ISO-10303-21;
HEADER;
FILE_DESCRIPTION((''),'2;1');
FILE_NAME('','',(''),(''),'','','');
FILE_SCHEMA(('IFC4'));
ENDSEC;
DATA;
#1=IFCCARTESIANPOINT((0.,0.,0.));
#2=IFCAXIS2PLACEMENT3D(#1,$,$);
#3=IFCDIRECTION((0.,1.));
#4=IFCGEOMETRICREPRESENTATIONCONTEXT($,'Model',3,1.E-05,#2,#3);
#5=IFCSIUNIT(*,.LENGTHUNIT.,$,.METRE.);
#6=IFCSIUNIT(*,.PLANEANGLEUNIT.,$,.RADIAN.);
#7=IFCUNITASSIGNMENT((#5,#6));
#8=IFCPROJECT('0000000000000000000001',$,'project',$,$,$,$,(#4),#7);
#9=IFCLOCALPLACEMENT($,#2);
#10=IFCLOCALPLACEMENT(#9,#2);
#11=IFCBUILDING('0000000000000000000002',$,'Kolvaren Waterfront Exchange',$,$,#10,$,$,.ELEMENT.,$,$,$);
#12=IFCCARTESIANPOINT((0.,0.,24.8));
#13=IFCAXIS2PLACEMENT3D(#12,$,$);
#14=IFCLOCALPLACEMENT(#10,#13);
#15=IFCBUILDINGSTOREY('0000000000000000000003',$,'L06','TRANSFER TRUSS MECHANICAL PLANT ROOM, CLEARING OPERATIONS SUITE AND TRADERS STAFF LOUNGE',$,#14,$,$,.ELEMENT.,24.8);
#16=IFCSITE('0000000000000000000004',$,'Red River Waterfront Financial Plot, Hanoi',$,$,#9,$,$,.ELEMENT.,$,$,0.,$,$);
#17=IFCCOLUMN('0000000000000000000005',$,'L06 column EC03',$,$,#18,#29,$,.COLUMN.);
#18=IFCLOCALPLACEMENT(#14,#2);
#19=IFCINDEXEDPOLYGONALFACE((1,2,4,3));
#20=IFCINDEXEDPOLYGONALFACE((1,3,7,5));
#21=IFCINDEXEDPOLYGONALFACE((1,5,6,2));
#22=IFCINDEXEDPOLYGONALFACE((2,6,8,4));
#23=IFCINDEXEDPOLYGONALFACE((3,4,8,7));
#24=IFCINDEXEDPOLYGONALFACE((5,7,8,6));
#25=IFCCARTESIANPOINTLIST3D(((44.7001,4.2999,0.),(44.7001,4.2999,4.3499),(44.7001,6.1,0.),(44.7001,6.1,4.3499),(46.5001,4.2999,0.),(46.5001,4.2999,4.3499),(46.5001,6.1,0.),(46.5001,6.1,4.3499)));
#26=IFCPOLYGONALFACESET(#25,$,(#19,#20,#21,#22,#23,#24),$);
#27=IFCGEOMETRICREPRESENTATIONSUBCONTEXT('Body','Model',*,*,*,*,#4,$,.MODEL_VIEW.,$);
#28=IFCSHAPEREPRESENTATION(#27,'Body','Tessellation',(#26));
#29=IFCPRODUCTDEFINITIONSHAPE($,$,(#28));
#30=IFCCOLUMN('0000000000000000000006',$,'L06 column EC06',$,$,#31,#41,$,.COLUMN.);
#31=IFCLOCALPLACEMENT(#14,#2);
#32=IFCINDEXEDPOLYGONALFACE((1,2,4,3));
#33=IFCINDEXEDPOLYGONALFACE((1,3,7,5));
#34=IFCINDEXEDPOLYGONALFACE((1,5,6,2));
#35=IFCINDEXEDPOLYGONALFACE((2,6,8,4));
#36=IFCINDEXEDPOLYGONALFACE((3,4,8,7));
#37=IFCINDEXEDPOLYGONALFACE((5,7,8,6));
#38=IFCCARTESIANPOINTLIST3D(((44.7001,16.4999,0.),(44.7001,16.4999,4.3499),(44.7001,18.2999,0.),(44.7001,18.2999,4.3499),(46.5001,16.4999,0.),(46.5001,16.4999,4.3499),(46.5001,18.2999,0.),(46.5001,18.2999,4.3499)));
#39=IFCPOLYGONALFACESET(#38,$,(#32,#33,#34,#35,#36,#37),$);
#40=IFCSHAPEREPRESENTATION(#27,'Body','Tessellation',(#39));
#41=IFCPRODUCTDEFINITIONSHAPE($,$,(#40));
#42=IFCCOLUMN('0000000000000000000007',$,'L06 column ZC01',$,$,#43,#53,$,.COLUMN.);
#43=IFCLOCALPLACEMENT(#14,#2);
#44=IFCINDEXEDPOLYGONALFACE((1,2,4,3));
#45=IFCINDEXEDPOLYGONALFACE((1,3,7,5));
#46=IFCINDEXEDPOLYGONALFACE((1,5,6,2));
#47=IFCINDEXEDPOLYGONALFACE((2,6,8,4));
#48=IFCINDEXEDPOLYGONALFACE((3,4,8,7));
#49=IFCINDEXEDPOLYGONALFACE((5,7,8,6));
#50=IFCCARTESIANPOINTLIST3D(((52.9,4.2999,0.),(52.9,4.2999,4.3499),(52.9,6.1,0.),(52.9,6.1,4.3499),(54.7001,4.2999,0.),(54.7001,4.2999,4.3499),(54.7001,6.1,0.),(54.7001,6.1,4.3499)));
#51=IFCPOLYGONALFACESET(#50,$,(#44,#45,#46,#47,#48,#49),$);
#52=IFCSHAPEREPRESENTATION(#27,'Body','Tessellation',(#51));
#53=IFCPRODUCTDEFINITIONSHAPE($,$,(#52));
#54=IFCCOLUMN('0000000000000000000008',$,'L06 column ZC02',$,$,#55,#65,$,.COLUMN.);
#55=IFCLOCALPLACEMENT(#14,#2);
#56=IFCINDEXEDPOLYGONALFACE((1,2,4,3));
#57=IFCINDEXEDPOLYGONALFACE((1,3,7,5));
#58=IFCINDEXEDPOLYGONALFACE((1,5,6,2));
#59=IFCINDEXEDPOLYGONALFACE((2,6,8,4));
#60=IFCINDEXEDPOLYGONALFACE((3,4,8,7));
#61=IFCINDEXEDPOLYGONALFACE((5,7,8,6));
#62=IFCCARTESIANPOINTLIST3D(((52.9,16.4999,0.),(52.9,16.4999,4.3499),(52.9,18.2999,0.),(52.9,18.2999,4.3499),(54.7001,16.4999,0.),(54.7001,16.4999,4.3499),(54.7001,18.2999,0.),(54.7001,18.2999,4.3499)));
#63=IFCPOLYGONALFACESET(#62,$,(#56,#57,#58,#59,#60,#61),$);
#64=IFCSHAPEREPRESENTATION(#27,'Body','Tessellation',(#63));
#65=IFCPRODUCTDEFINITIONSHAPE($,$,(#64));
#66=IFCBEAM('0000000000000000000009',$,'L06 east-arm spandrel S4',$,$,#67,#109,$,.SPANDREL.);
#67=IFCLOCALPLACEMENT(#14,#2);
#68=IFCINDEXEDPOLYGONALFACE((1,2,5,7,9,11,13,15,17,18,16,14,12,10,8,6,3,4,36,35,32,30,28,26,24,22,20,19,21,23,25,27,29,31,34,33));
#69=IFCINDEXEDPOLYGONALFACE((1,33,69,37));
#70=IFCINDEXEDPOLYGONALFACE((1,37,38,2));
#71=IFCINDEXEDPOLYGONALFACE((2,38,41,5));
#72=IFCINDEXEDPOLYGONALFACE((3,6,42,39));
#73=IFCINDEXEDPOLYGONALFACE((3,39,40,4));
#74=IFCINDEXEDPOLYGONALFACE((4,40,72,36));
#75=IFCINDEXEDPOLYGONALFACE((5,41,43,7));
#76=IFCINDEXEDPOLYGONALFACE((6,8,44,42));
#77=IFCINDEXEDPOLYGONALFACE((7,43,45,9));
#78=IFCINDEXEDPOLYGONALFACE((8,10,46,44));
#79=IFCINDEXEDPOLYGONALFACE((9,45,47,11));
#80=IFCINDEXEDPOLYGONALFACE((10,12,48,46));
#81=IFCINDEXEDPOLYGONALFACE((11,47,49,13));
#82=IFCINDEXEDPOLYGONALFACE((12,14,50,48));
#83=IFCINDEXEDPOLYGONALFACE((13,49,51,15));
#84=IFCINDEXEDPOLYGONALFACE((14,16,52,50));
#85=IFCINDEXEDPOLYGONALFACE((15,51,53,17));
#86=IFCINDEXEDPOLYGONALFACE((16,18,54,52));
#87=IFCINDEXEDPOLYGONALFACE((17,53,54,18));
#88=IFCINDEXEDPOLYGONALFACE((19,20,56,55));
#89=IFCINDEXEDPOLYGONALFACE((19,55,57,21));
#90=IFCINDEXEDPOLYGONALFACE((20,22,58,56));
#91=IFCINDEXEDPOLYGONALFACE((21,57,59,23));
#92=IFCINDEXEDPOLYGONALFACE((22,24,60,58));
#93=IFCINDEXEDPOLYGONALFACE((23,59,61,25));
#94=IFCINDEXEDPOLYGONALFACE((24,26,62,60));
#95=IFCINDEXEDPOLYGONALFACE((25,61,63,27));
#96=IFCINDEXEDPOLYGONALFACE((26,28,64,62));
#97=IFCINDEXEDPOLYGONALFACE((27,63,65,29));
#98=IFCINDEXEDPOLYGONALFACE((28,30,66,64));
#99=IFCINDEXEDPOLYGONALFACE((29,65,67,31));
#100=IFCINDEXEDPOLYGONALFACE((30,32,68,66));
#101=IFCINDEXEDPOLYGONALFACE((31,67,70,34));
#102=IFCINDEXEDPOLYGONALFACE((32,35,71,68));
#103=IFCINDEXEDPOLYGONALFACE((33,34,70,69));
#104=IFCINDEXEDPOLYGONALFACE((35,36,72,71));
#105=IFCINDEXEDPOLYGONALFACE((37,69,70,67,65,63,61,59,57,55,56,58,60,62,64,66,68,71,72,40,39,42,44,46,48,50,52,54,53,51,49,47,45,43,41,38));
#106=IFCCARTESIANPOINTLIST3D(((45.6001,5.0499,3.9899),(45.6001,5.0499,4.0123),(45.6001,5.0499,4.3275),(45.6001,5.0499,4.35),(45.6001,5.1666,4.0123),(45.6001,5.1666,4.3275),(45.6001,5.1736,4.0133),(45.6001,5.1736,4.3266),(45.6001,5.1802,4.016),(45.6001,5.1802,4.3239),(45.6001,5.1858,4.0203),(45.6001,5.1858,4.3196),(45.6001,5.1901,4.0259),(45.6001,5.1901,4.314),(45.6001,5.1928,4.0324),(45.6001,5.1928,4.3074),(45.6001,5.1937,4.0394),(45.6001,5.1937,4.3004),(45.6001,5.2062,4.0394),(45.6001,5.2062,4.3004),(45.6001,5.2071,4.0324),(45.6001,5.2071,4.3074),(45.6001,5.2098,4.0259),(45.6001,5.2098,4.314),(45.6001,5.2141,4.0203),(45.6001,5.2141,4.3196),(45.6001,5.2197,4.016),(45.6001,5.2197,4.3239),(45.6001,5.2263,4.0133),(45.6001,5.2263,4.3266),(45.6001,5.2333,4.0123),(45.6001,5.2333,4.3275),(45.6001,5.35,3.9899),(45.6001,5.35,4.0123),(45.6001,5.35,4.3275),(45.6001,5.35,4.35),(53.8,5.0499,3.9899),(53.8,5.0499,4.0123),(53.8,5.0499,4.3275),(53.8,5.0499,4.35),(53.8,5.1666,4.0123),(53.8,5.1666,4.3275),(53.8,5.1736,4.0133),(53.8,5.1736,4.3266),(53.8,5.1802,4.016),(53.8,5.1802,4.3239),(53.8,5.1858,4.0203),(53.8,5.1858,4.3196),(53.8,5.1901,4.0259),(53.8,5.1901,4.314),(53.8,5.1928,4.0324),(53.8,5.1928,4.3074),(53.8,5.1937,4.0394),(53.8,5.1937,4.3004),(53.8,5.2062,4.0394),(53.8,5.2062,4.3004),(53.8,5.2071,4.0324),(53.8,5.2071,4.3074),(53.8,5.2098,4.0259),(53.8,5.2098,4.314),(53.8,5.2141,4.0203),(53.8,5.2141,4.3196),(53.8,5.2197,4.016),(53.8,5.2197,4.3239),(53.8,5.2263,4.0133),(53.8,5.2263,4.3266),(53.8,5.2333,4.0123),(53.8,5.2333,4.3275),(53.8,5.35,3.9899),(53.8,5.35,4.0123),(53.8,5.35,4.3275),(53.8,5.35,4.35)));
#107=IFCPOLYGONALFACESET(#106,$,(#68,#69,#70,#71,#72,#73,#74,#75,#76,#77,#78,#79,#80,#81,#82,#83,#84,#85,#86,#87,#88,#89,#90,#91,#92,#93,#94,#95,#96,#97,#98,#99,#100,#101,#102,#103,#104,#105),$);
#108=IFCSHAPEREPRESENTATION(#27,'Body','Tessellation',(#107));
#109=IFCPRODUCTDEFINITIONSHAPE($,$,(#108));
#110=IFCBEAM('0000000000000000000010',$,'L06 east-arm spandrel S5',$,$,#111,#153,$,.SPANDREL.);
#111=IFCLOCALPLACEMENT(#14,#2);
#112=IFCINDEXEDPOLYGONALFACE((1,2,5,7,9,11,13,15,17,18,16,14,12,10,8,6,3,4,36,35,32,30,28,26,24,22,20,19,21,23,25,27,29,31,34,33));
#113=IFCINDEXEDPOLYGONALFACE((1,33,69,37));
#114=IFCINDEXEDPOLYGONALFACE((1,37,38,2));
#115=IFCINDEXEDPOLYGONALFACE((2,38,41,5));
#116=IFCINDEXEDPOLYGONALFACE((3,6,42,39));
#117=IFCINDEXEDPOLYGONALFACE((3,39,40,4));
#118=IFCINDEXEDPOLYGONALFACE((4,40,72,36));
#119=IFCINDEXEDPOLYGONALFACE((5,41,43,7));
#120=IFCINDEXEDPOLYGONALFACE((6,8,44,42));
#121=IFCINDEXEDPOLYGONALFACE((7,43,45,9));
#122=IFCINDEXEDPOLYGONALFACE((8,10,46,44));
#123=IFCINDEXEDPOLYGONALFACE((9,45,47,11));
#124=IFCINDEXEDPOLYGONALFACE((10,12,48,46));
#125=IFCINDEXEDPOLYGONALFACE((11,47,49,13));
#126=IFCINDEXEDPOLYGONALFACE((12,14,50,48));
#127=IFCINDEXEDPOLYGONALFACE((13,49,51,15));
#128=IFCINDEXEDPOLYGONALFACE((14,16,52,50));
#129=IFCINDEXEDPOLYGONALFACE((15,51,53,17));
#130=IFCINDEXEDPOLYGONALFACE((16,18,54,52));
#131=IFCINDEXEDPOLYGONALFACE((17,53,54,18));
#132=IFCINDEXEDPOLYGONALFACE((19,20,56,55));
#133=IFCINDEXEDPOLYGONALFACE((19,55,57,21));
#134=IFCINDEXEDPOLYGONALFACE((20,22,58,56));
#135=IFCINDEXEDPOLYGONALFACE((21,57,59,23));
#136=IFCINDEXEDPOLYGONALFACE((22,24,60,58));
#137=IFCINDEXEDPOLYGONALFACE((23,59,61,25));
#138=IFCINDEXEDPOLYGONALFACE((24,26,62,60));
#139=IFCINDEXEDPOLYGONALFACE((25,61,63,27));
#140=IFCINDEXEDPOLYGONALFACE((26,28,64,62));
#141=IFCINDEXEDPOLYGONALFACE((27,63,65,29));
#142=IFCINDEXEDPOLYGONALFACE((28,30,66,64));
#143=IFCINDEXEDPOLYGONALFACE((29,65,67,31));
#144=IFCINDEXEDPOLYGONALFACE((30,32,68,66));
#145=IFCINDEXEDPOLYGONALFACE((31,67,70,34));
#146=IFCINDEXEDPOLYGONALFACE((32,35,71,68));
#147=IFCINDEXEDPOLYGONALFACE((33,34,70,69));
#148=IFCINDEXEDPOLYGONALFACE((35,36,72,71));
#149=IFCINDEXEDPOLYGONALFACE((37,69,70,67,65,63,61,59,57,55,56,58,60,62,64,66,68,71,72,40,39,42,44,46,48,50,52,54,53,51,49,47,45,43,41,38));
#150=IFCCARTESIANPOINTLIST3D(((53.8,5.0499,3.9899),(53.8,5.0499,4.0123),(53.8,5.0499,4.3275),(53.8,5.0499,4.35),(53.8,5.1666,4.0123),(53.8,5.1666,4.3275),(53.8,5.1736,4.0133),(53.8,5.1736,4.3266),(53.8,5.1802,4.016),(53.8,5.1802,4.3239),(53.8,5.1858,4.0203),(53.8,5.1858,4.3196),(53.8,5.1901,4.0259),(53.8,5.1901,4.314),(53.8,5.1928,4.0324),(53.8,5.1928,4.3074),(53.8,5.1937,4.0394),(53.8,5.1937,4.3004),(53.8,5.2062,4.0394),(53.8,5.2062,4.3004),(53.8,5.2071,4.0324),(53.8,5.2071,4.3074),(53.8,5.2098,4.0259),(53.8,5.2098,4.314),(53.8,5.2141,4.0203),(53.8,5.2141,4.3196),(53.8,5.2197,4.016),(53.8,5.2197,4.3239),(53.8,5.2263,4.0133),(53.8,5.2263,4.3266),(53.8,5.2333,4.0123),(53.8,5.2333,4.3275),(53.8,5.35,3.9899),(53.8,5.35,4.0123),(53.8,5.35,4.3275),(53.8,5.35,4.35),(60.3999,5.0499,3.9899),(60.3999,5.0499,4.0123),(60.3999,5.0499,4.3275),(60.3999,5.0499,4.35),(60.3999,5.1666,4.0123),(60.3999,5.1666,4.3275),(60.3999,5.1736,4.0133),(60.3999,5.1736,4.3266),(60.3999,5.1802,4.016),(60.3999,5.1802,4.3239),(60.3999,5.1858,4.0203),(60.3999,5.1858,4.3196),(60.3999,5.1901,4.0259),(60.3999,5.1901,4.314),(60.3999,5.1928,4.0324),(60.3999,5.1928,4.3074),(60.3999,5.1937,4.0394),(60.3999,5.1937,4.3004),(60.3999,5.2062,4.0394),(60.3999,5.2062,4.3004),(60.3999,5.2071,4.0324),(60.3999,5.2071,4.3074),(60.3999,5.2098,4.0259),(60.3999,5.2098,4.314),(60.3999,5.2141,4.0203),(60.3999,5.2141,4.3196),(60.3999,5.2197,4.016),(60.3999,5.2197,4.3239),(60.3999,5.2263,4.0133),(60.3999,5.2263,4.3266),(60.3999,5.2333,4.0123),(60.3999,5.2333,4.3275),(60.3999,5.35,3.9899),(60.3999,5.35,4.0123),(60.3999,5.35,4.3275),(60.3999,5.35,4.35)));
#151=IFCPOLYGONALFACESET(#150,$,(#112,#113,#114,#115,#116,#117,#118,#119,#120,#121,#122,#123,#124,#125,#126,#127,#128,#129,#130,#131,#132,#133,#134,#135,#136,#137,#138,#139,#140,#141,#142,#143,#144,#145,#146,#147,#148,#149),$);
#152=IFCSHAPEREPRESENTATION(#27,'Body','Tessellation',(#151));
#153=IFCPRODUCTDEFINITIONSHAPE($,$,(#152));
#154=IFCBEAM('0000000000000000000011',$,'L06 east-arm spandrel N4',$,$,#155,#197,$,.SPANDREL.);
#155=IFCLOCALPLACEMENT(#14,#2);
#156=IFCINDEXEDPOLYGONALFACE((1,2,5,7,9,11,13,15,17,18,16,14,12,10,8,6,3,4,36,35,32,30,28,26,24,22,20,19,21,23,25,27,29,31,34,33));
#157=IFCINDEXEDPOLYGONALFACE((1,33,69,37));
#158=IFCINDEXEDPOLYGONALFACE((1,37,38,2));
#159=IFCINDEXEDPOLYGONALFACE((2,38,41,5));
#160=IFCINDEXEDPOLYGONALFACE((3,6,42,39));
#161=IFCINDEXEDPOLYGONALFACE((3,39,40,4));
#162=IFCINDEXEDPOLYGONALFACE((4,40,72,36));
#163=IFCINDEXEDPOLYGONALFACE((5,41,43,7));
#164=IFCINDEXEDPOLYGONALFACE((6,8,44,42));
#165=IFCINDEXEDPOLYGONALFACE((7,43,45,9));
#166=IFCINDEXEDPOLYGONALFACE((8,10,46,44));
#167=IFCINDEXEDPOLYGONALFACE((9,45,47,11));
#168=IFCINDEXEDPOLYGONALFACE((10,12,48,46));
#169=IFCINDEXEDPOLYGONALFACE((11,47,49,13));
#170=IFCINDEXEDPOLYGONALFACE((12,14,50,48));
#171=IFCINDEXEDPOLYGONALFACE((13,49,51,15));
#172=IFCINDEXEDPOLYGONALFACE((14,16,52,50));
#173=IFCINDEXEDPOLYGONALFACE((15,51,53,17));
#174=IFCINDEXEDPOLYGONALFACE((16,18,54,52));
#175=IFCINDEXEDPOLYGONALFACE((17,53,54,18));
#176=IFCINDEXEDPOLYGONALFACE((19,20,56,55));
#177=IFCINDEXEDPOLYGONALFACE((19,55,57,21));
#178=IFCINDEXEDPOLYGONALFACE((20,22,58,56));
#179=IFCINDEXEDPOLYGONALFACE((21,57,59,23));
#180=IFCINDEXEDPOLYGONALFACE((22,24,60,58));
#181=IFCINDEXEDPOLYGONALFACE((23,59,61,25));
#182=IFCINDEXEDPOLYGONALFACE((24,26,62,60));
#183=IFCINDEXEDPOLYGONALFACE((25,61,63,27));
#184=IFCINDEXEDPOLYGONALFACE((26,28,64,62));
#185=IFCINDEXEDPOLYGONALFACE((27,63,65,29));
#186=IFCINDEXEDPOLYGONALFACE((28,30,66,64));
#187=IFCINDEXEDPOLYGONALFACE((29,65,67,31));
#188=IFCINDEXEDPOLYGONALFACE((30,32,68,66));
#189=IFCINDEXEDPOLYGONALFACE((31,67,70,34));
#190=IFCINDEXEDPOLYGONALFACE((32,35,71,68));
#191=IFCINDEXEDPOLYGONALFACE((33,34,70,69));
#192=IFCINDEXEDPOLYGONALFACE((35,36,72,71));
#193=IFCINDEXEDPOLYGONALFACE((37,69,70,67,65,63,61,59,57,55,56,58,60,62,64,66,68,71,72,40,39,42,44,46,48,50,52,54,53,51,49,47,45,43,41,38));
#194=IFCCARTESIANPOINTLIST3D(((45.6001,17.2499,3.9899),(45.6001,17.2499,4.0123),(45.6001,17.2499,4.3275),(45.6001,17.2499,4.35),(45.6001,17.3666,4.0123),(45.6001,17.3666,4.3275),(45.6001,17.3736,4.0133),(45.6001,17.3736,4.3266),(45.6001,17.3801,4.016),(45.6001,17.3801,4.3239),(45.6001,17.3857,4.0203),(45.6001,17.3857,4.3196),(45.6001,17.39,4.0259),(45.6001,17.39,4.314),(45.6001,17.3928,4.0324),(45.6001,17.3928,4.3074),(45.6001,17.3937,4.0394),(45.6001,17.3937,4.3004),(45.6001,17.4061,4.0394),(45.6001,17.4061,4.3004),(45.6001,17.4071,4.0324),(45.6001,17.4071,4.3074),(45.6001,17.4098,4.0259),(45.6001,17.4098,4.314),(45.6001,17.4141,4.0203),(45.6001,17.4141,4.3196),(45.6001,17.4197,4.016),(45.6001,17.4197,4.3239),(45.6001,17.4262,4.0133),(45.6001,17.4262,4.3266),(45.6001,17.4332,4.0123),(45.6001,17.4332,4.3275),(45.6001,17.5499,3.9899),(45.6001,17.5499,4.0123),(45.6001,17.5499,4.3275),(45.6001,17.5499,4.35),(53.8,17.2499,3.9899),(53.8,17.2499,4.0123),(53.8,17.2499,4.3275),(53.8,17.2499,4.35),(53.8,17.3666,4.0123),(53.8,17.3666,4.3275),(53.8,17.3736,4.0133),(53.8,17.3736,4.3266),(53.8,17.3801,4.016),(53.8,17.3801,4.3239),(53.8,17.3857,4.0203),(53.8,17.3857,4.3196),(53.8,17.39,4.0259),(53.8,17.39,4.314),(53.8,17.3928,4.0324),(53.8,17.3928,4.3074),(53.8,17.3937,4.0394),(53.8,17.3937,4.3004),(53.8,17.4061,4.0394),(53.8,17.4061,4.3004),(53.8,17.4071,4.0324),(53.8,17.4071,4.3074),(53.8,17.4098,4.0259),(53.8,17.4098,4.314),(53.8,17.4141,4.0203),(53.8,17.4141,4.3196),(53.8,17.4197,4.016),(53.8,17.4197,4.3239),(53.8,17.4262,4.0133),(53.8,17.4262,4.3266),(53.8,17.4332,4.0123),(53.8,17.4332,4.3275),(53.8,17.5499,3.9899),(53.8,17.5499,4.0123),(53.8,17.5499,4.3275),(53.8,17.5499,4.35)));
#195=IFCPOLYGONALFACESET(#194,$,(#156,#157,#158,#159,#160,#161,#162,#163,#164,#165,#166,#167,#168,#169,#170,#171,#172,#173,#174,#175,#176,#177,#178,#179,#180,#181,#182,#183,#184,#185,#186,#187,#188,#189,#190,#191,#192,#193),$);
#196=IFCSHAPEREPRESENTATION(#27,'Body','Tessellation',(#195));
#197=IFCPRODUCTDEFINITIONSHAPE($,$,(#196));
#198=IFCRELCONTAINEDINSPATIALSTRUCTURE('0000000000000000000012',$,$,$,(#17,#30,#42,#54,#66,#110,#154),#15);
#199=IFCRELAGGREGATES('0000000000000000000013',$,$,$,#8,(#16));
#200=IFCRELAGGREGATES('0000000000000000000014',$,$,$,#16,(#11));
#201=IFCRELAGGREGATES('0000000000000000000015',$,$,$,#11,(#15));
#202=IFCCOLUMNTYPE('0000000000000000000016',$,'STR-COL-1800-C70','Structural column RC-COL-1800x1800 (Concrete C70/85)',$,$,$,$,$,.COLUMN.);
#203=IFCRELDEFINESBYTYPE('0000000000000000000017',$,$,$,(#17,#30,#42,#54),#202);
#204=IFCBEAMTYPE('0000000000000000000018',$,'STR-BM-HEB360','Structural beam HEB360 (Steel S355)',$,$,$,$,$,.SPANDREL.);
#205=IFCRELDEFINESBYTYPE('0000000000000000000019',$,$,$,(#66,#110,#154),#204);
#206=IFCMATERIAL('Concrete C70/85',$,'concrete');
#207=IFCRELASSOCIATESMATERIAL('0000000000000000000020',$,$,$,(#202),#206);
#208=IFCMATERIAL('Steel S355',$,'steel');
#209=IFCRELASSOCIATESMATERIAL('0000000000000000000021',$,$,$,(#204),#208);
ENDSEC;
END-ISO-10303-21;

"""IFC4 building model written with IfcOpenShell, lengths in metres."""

from ifc_helpers import new_model, si_unit, direction, frame, origin, origin_2d, place, context, subcontext, project, spatial, rectangle, i_section, extrude, material, material_profile, profile_set, type_object, element, save


model = new_model("IFC4")

# Units and contexts
model_context = context("Model", 3, precision=1e-05, world=origin(), true_north=direction((0.0, 1.0)))
body_context = subcontext(model_context, "Body", "Model", "MODEL_VIEW")
ifc_project = project(units=[si_unit("LENGTHUNIT", "METRE"), si_unit("PLANEANGLEUNIT", "RADIAN")], contexts=[model_context])

# Site, building, storey
site_placement = place(None, origin())
site = spatial("IfcSite", under=ifc_project, at=site_placement, Name="Red River Waterfront Financial Plot, Hanoi", CompositionType="ELEMENT", RefElevation=0.0)
building_placement = place(site_placement, origin())
building = spatial("IfcBuilding", under=site, at=building_placement, Name="Kolvaren Waterfront Exchange", CompositionType="ELEMENT")
storey_placement = place(building_placement, frame((0.0, 0.0, 24.8)))
storey = spatial("IfcBuildingStorey", under=building, at=storey_placement, Name="L06", Description="TRANSFER TRUSS MECHANICAL PLANT ROOM, CLEARING OPERATIONS SUITE AND TRADERS STAFF LOUNGE", CompositionType="ELEMENT", Elevation=24.8)

# Columns
ifc_material_1 = material(Name="Concrete C70/85", Category="concrete")
ifc_material_profile_1 = material_profile(ifc_material_1, rectangle(XDim=1.8, YDim=1.8, at=origin_2d()), Name="RC-COL-1800x1800")
ifc_profile_set_1 = profile_set([ifc_material_profile_1], Name="Concrete C70/85")
column_type = type_object("IfcColumnType", Name="STR-COL-1800-C70", Description="Structural column RC-COL-1800x1800 (Concrete C70/85)", PredefinedType="COLUMN", material=ifc_profile_set_1)
for number, where, z_axis, x_axis, name in (
    (1, (45.6001, 5.2, 0.0), (0.0, 0.0, 1.0), (1.0, 0.0, 0.0), "L06 column EC03"),
    (2, (45.6001, 17.3999, 0.0), (0.0, 0.0, 1.0), (1.0, 0.0, 0.0), "L06 column EC06"),
    (3, (53.8, 5.2, 0.0), (0.0, 0.0, 1.0), (1.0, 0.0, 0.0), "L06 column ZC01"),
    (4, (53.8, 17.3999, 0.0), (0.0, 0.0, 1.0), (1.0, 0.0, 0.0), "L06 column ZC02"),
):
    element("IfcColumn", number, at=place(storey_placement, frame(where, z_axis=z_axis, x_axis=x_axis)), inside=storey, type_object=column_type, Name=name, PredefinedType="COLUMN", context=body_context, shape_type="SweptSolid", body=[
        extrude(rectangle(XDim=1.8, YDim=1.8, at=origin_2d()), origin(), (0.0, 0.0, 1.0), 4.3499),
    ])

# Beams
ifc_material_2 = material(Name="Steel S355", Category="steel")
ifc_material_profile_2 = material_profile(ifc_material_2, i_section(OverallWidth=0.3, OverallDepth=0.3601, WebThickness=0.0125, FlangeThickness=0.0225, FilletRadius=0.0271, at=origin_2d()), Name="HEB360")
ifc_profile_set_2 = profile_set([ifc_material_profile_2], Name="Steel S355")
beam_type_1 = type_object("IfcBeamType", Name="STR-BM-HEB360", Description="Structural beam HEB360 (Steel S355)", PredefinedType="SPANDREL", material=ifc_profile_set_2)
beam_1_placement = place(storey_placement, frame((45.6001, 5.2, 4.1699), z_axis=(1.0, 0.0, 0.0), x_axis=(0.0, 1.0, 0.0)))
element("IfcBeam", 5, at=beam_1_placement, inside=storey, type_object=beam_type_1, Name="L06 east-arm spandrel S4", PredefinedType="SPANDREL", context=body_context, shape_type="SweptSolid", body=[
    extrude(i_section(OverallWidth=0.3, OverallDepth=0.3601, WebThickness=0.0125, FlangeThickness=0.0225, FilletRadius=0.0271, at=origin_2d()), origin(), (0.0, 0.0, 1.0), 8.2),
])
beam_2_placement = place(storey_placement, frame((53.8, 5.2, 4.1699), z_axis=(1.0, 0.0, 0.0), x_axis=(0.0, 1.0, 0.0)))
element("IfcBeam", 6, at=beam_2_placement, inside=storey, type_object=beam_type_1, Name="L06 east-arm spandrel S5", PredefinedType="SPANDREL", context=body_context, shape_type="SweptSolid", body=[
    extrude(i_section(OverallWidth=0.3, OverallDepth=0.3601, WebThickness=0.0125, FlangeThickness=0.0225, FilletRadius=0.0271, at=origin_2d()), origin(), (0.0, 0.0, 1.0), 6.5999),
])
beam_3_placement = place(storey_placement, frame((45.6001, 17.3999, 4.1699), z_axis=(1.0, 0.0, 0.0), x_axis=(0.0, 1.0, 0.0)))
element("IfcBeam", 7, at=beam_3_placement, inside=storey, type_object=beam_type_1, Name="L06 east-arm spandrel N4", PredefinedType="SPANDREL", context=body_context, shape_type="SweptSolid", body=[
    extrude(i_section(OverallWidth=0.3, OverallDepth=0.3601, WebThickness=0.0125, FlangeThickness=0.0225, FilletRadius=0.0271, at=origin_2d()), origin(), (0.0, 0.0, 1.0), 8.2),
])

save(model, "model.ifc")
